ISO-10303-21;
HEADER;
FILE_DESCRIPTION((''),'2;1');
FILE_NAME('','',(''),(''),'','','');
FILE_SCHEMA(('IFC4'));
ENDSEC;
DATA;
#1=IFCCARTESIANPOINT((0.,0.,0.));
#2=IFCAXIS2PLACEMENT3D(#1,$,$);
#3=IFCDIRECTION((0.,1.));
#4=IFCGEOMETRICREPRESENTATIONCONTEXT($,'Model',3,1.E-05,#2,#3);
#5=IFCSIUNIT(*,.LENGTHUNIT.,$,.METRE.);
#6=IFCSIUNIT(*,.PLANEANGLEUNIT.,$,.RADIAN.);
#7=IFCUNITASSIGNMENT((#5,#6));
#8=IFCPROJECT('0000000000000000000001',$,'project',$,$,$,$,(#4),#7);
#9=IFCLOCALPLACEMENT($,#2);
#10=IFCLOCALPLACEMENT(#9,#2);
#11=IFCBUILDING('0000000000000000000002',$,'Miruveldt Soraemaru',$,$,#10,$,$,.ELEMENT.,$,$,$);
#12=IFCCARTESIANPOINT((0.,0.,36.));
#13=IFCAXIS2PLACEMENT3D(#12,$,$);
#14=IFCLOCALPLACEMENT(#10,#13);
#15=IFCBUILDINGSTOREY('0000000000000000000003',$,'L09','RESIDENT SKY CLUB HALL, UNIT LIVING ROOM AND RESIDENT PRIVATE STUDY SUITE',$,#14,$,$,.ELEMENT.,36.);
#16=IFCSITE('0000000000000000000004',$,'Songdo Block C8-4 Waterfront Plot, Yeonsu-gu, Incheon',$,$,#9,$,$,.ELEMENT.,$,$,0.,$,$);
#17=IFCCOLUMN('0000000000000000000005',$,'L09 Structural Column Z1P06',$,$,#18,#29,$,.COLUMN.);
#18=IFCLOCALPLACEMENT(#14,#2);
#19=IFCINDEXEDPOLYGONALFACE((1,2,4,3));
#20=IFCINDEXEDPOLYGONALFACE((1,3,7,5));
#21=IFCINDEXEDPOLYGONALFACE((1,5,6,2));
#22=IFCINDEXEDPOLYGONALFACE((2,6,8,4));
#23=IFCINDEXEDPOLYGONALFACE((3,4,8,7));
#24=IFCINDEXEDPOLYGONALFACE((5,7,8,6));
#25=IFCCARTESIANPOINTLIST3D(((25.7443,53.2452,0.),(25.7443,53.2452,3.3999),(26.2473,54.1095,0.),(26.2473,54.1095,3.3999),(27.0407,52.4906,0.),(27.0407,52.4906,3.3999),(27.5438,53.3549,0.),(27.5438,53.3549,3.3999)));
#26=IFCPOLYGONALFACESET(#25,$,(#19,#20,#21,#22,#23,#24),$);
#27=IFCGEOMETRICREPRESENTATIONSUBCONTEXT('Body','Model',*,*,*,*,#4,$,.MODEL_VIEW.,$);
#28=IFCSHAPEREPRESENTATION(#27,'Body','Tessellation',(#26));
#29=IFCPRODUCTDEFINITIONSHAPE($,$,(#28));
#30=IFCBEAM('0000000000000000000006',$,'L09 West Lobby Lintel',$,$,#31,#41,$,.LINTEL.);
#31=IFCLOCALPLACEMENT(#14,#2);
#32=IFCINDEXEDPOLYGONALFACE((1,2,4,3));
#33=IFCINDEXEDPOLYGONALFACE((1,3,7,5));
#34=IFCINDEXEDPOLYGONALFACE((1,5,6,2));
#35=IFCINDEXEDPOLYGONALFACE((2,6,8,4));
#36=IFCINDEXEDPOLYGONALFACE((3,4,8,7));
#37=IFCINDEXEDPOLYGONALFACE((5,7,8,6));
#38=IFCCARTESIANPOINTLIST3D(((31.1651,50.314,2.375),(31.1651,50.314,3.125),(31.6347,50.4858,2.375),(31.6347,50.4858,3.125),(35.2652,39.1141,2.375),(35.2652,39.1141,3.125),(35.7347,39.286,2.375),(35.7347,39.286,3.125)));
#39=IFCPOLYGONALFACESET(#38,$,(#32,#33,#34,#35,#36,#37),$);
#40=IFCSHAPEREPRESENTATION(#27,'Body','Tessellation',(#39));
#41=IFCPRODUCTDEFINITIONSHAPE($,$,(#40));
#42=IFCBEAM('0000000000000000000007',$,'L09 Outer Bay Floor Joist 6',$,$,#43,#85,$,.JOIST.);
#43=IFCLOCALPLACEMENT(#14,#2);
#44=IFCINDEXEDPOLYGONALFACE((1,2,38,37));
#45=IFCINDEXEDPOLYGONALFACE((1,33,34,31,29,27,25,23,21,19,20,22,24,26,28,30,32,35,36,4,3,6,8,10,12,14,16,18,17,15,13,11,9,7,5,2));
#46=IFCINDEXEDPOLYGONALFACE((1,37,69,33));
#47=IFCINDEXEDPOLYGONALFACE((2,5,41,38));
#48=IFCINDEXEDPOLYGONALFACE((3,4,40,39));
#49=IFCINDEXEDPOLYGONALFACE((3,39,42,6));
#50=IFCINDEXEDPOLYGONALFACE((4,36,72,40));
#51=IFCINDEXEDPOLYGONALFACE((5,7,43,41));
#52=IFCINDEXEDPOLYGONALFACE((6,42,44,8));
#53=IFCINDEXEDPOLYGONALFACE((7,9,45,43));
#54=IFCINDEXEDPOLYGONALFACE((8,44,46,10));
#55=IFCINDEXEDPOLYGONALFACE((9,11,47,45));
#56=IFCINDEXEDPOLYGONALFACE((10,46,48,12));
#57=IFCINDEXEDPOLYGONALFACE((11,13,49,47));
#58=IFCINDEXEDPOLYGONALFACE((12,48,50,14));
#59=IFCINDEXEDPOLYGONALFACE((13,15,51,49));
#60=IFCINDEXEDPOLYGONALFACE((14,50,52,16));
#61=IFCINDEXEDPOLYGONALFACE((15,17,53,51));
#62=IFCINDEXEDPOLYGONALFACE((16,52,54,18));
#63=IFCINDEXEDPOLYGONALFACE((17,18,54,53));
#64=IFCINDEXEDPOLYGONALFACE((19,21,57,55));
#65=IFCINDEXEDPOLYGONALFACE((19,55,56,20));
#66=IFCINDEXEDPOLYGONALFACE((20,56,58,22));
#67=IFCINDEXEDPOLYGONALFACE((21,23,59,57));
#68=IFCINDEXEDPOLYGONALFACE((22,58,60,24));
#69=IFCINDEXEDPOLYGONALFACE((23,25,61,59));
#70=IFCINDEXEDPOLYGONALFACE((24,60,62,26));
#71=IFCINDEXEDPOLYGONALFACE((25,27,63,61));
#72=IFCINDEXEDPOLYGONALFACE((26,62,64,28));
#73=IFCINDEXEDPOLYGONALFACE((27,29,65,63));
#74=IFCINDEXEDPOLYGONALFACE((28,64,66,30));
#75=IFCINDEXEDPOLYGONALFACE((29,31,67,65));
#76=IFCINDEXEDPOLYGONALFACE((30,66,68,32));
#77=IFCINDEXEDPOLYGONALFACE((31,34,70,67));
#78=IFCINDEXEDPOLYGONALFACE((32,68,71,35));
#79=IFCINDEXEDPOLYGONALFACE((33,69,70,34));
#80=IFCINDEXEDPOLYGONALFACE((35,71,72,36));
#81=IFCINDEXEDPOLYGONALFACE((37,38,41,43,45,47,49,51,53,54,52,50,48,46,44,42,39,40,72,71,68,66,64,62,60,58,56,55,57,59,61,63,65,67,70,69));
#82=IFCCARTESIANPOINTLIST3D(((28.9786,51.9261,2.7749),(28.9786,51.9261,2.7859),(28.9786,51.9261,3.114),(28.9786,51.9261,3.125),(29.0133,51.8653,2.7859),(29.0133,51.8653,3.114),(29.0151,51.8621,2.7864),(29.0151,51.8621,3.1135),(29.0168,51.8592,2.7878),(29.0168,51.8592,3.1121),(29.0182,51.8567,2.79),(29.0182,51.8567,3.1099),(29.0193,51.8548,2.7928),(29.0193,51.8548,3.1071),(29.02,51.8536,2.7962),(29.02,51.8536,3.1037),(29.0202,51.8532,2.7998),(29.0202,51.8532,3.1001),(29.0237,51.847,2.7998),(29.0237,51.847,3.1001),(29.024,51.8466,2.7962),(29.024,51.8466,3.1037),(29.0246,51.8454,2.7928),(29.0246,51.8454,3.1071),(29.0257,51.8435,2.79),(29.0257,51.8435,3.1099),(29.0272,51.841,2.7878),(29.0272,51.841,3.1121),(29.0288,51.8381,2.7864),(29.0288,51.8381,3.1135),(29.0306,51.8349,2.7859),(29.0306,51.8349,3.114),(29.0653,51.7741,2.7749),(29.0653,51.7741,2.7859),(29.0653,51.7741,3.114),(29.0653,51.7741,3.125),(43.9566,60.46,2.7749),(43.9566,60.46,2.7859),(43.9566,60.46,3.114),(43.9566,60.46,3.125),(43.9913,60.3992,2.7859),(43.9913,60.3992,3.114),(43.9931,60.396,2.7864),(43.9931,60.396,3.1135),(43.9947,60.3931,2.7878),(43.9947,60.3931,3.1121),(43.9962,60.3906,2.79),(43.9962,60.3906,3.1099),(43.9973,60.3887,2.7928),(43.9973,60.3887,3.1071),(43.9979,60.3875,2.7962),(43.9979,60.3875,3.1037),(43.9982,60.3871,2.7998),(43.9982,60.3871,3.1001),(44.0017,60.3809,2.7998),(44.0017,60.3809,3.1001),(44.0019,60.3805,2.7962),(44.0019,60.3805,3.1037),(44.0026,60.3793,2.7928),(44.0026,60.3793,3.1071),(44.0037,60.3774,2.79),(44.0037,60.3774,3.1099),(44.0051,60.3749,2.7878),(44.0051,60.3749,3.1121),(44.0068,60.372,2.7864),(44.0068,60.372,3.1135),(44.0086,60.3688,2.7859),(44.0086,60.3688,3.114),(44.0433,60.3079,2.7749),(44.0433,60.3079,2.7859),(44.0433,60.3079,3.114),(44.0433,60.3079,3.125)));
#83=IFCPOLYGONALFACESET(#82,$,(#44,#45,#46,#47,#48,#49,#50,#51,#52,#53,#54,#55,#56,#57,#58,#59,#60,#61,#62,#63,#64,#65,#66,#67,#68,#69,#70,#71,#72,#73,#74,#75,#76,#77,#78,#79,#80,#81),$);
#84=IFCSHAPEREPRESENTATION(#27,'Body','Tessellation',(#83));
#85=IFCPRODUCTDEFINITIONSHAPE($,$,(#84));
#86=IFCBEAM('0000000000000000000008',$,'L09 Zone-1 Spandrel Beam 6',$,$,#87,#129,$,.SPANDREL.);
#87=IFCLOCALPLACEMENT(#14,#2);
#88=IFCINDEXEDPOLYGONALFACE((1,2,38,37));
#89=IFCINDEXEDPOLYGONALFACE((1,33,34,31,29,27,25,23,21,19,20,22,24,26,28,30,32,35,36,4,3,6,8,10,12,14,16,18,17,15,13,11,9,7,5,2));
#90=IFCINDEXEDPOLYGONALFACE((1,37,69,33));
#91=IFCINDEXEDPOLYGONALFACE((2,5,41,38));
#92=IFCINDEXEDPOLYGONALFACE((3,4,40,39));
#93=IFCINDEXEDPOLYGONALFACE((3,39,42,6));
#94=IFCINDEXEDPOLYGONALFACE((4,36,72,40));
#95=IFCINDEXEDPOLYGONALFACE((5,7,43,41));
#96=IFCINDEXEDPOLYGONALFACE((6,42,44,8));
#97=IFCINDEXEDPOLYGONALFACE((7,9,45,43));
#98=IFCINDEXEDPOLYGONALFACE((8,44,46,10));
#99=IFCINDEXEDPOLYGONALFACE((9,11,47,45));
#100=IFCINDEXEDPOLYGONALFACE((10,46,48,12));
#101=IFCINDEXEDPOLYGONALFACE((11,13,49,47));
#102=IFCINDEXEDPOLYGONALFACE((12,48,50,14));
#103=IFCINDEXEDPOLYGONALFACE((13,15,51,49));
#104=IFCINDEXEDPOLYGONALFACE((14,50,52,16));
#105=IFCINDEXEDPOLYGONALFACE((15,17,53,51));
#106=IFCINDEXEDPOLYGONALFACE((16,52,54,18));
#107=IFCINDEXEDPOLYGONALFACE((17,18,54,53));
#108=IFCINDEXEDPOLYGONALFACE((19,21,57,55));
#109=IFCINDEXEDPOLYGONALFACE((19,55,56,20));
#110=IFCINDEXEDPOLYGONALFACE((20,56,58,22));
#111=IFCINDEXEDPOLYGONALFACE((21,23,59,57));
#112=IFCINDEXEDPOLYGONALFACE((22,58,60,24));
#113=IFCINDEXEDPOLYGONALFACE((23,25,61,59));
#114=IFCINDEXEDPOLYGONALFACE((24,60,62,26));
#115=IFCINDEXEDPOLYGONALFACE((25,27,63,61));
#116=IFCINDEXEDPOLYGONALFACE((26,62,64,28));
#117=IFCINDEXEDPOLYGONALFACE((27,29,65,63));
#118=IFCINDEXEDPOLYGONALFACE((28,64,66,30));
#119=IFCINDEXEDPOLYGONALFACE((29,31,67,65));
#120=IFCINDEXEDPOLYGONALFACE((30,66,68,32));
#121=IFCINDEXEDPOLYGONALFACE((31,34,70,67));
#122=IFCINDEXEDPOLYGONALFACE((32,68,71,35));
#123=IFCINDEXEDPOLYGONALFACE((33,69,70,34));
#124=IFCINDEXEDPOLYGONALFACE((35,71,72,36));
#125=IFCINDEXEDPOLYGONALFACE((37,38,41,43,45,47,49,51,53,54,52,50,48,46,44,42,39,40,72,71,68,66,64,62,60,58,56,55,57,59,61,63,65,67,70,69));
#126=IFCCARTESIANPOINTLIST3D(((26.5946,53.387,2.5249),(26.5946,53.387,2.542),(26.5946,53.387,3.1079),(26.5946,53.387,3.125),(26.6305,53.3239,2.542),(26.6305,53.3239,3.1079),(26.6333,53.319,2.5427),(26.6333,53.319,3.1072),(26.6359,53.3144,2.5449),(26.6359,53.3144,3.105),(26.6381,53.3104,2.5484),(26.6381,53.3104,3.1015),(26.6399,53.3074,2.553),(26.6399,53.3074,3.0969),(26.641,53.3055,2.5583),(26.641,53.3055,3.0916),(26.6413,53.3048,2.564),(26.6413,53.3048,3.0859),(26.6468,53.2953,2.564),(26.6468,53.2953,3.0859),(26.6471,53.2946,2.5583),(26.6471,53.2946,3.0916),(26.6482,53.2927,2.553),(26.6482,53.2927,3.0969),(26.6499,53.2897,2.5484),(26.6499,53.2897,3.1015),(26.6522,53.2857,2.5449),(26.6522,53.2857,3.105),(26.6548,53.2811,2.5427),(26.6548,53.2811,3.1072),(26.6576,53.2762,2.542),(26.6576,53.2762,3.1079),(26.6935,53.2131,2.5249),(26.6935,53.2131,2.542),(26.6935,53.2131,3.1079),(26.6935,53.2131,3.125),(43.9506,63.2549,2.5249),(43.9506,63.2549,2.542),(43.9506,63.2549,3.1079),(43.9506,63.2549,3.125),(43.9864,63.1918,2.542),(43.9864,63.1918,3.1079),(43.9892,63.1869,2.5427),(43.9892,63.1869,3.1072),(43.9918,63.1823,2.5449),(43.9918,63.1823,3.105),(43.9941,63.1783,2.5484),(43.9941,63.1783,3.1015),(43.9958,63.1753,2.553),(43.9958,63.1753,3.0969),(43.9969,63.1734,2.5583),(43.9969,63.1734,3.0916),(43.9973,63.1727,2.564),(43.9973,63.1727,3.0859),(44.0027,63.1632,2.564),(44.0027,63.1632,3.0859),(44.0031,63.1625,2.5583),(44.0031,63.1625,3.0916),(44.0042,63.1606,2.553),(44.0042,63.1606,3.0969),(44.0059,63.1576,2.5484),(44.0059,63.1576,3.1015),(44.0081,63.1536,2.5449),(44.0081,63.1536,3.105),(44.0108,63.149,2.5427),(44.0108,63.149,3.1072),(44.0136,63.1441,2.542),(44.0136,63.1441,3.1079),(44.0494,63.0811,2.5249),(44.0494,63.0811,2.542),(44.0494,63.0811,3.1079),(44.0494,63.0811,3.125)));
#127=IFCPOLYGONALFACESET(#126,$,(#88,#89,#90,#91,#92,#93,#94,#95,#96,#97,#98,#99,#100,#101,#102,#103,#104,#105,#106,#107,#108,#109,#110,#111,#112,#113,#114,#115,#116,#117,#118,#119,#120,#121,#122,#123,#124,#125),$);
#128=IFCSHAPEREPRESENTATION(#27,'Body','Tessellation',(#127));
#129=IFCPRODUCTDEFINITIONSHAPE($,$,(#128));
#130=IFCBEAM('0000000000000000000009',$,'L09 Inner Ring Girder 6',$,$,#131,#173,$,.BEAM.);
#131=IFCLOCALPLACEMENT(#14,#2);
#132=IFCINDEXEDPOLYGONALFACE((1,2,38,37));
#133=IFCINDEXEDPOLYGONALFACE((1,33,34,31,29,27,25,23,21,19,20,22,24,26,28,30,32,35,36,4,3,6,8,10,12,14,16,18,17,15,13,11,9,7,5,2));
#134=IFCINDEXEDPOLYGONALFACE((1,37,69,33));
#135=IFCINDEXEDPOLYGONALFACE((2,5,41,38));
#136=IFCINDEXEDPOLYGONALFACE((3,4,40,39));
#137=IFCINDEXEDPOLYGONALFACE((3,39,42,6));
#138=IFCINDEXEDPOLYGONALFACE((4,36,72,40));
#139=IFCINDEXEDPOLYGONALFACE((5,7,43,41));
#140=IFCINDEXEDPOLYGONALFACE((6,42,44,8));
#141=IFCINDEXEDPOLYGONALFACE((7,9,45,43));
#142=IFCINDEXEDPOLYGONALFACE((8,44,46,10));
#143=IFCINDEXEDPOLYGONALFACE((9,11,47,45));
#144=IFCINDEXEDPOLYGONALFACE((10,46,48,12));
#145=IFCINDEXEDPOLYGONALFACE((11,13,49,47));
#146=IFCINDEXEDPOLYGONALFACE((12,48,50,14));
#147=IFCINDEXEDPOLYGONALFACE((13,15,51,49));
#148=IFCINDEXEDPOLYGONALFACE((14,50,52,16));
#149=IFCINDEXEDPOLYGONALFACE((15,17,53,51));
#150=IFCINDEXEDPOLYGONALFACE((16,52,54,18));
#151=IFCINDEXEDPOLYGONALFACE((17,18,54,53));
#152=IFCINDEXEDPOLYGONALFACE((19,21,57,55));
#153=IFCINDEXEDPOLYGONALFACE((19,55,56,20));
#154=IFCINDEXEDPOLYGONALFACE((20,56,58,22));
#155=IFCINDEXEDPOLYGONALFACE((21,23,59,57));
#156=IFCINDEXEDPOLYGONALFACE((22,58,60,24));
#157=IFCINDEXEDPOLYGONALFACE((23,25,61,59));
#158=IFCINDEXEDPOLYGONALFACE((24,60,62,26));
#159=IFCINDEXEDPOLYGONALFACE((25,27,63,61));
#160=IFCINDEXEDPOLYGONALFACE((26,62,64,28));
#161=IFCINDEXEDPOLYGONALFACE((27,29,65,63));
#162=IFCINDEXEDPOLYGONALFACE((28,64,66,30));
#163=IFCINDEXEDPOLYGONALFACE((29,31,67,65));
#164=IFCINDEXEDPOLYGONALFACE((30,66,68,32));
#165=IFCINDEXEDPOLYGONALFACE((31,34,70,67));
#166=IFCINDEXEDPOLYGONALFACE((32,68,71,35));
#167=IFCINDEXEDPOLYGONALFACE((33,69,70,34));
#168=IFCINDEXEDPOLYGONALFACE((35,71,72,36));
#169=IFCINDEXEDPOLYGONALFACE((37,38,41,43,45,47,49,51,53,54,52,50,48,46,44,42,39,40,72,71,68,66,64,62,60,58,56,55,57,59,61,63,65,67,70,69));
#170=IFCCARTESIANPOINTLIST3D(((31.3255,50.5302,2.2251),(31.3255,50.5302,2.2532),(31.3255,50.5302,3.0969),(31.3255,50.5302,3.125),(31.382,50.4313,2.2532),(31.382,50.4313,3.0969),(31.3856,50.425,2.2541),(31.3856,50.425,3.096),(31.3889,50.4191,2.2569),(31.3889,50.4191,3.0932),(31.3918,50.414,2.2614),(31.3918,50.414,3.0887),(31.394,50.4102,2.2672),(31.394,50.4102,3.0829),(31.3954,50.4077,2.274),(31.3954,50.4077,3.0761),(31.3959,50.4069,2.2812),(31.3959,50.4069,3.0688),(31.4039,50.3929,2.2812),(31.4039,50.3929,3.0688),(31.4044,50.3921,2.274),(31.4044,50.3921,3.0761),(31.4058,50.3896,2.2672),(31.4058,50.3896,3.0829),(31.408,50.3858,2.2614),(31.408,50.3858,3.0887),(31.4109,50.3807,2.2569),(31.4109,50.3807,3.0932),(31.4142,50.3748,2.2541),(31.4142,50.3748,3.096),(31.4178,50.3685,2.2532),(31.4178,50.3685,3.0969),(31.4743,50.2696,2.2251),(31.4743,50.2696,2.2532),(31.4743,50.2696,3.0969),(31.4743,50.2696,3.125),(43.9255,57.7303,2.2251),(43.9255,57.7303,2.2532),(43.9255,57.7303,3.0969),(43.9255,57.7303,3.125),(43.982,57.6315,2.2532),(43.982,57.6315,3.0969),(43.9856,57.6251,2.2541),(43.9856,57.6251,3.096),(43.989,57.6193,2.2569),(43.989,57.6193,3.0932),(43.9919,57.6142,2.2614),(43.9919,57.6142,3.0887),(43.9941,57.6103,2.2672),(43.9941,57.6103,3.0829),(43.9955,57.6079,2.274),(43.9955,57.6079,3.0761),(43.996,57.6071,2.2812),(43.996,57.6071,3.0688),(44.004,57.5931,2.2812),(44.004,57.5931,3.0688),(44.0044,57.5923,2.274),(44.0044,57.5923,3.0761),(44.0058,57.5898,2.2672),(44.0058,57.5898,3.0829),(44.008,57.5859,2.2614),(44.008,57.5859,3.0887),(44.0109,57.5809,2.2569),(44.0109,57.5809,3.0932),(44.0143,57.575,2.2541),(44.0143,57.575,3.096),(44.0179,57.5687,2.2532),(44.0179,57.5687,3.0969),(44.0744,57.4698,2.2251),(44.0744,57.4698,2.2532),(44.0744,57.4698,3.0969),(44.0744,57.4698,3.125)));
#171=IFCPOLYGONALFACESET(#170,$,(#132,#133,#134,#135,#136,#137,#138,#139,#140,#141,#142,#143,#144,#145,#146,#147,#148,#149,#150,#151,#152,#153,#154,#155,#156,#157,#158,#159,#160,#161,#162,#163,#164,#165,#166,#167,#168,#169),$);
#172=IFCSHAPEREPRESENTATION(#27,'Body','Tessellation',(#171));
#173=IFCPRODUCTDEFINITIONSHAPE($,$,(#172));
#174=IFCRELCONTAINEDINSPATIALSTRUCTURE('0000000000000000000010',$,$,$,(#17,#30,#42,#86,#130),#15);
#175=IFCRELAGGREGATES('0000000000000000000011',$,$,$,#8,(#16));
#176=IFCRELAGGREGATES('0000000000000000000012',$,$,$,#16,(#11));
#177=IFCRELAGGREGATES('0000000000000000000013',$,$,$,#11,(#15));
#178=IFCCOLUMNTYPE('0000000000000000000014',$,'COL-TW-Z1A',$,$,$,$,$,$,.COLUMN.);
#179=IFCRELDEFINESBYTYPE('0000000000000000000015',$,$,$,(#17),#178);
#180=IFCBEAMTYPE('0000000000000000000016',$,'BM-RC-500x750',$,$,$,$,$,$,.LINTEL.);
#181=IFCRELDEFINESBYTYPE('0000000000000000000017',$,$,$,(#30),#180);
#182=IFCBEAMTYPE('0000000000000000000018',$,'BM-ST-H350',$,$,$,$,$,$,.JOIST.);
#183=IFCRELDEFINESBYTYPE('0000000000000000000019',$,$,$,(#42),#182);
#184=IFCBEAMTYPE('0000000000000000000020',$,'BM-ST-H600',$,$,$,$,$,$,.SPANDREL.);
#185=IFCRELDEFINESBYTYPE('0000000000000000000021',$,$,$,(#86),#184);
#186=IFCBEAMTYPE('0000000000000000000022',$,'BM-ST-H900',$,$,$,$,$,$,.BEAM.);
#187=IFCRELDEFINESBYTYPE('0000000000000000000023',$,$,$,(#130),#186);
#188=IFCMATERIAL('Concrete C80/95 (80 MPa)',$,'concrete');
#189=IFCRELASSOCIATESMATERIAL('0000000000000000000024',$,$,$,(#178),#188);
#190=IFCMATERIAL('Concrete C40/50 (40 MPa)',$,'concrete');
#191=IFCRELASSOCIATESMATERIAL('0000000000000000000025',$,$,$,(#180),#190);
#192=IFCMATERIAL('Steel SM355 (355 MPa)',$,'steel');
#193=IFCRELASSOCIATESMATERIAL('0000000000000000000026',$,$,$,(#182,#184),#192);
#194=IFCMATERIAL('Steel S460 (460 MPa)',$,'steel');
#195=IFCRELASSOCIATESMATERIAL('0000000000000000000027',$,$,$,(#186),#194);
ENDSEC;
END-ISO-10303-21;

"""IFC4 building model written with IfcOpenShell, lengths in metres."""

from ifc_helpers import new_model, si_unit, direction, frame, origin, origin_2d, place, context, subcontext, project, spatial, rectangle, i_section, extrude, material, material_profile, profile_set, type_object, element, save


model = new_model("IFC4")

# Units and contexts
model_context = context("Model", 3, precision=1e-05, world=origin(), true_north=direction((0.0, 1.0)))
body_context = subcontext(model_context, "Body", "Model", "MODEL_VIEW")
ifc_project = project(units=[si_unit("LENGTHUNIT", "METRE"), si_unit("PLANEANGLEUNIT", "RADIAN")], contexts=[model_context])

# Site, building, storey
site_placement = place(None, origin())
site = spatial("IfcSite", under=ifc_project, at=site_placement, Name="Songdo Block C8-4 Waterfront Plot, Yeonsu-gu, Incheon", CompositionType="ELEMENT", RefElevation=0.0)
building_placement = place(site_placement, origin())
building = spatial("IfcBuilding", under=site, at=building_placement, Name="Miruveldt Soraemaru", CompositionType="ELEMENT")
storey_placement = place(building_placement, frame((0.0, 0.0, 36.0)))
storey = spatial("IfcBuildingStorey", under=building, at=storey_placement, Name="L09", Description="RESIDENT SKY CLUB HALL, UNIT LIVING ROOM AND RESIDENT PRIVATE STUDY SUITE", CompositionType="ELEMENT", Elevation=36.0)

# Column
ifc_material_1 = material(Name="Concrete C80/95 (80 MPa)", Category="concrete")
ifc_material_profile_1 = material_profile(ifc_material_1, rectangle(XDim=1.5, YDim=1.0, at=origin_2d()), Name="Concrete C80/95 (80 MPa)", Category="concrete")
ifc_profile_set_1 = profile_set([ifc_material_profile_1], Name="Concrete C80/95 (80 MPa)")
column_type = type_object("IfcColumnType", Name="COL-TW-Z1A", PredefinedType="COLUMN", material=ifc_profile_set_1)
column_placement = place(storey_placement, frame((26.644, 53.3, 0.0), z_axis=(0.0, 0.0, 1.0), x_axis=(-0.864275, 0.50302, 0.0)))
element("IfcColumn", 1, at=column_placement, inside=storey, type_object=column_type, Name="L09 Structural Column Z1P06", PredefinedType="COLUMN", context=body_context, shape_type="SweptSolid", body=[
    extrude(rectangle(XDim=1.5, YDim=1.0, at=origin_2d()), origin(), (0.0, 0.0, 1.0), 3.3999),
])

# Beams
ifc_material_2 = material(Name="Concrete C40/50 (40 MPa)", Category="concrete")
ifc_material_profile_2 = material_profile(ifc_material_2, rectangle(XDim=0.5, YDim=0.75, at=origin_2d()), Name="Concrete C40/50 (40 MPa)", Category="concrete")
ifc_profile_set_2 = profile_set([ifc_material_profile_2], Name="Concrete C40/50 (40 MPa)")
beam_type_1 = type_object("IfcBeamType", Name="BM-RC-500x750", PredefinedType="LINTEL", material=ifc_profile_set_2)
beam_1_placement = place(storey_placement, frame((31.3999, 50.3999, 2.75), z_axis=(0.34377, -0.939054, 0.0), x_axis=(0.939054, 0.34377, 0.0)))
element("IfcBeam", 2, at=beam_1_placement, inside=storey, type_object=beam_type_1, Name="L09 West Lobby Lintel", PredefinedType="LINTEL", context=body_context, shape_type="SweptSolid", body=[
    extrude(rectangle(XDim=0.5, YDim=0.75, at=origin_2d()), origin(), (0.0, 0.0, 1.0), 11.9268),
])
ifc_material_3 = material(Name="Steel SM355 (355 MPa)", Category="steel")
ifc_material_profile_3 = material_profile(ifc_material_3, i_section(OverallWidth=0.175, OverallDepth=0.3501, WebThickness=0.0071, FlangeThickness=0.011, FilletRadius=0.0139, at=origin_2d()), Name="Steel SM355 (355 MPa)", Category="steel")
ifc_profile_set_3 = profile_set([ifc_material_profile_3], Name="Steel SM355 (355 MPa)")
beam_type_2 = type_object("IfcBeamType", Name="BM-ST-H350", PredefinedType="JOIST", material=ifc_profile_set_3)
beam_2_placement = place(storey_placement, frame((29.022, 51.8501, 2.95), z_axis=(0.868866, 0.495048, 0.0), x_axis=(-0.495048, 0.868866, 0.0)))
element("IfcBeam", 3, at=beam_2_placement, inside=storey, type_object=beam_type_2, Name="L09 Outer Bay Floor Joist 6", PredefinedType="JOIST", context=body_context, shape_type="SweptSolid", body=[
    extrude(i_section(OverallWidth=0.175, OverallDepth=0.3501, WebThickness=0.0071, FlangeThickness=0.011, FilletRadius=0.0139, at=origin_2d()), origin(), (0.0, 0.0, 1.0), 17.2385),
])
ifc_material_profile_4 = material_profile(ifc_material_3, i_section(OverallWidth=0.2, OverallDepth=0.6001, WebThickness=0.011, FlangeThickness=0.0171, FilletRadius=0.022, at=origin_2d()), Name="Steel SM355 (355 MPa)", Category="steel")
ifc_profile_set_4 = profile_set([ifc_material_profile_4], Name="Steel SM355 (355 MPa)")
beam_type_3 = type_object("IfcBeamType", Name="BM-ST-H600", PredefinedType="SPANDREL", material=ifc_profile_set_4)
beam_3_placement = place(storey_placement, frame((26.644, 53.3, 2.825), z_axis=(0.869315, 0.494259, 0.0), x_axis=(-0.494259, 0.869315, 0.0)))
element("IfcBeam", 4, at=beam_3_placement, inside=storey, type_object=beam_type_3, Name="L09 Zone-1 Spandrel Beam 6", PredefinedType="SPANDREL", context=body_context, shape_type="SweptSolid", body=[
    extrude(i_section(OverallWidth=0.2, OverallDepth=0.6001, WebThickness=0.011, FlangeThickness=0.0171, FilletRadius=0.022, at=origin_2d()), origin(), (0.0, 0.0, 1.0), 19.9651),
])
ifc_material_4 = material(Name="Steel S460 (460 MPa)", Category="steel")
ifc_material_profile_5 = material_profile(ifc_material_4, i_section(OverallWidth=0.3, OverallDepth=0.8999, WebThickness=0.0161, FlangeThickness=0.0281, FilletRadius=0.0281, at=origin_2d()), Name="Steel S460 (460 MPa)", Category="steel")
ifc_profile_set_5 = profile_set([ifc_material_profile_5], Name="Steel S460 (460 MPa)")
beam_type_4 = type_object("IfcBeamType", Name="BM-ST-H900", PredefinedType="BEAM", material=ifc_profile_set_5)
beam_4_placement = place(storey_placement, frame((31.3999, 50.3999, 2.675), z_axis=(0.868239, 0.496146, 0.0), x_axis=(-0.496146, 0.868239, 0.0)))
element("IfcBeam", 5, at=beam_4_placement, inside=storey, type_object=beam_type_4, Name="L09 Inner Ring Girder 6", PredefinedType="BEAM", context=body_context, shape_type="SweptSolid", body=[
    extrude(i_section(OverallWidth=0.3, OverallDepth=0.8999, WebThickness=0.0161, FlangeThickness=0.0281, FilletRadius=0.0281, at=origin_2d()), origin(), (0.0, 0.0, 1.0), 14.5122),
])

save(model, "model.ifc")
